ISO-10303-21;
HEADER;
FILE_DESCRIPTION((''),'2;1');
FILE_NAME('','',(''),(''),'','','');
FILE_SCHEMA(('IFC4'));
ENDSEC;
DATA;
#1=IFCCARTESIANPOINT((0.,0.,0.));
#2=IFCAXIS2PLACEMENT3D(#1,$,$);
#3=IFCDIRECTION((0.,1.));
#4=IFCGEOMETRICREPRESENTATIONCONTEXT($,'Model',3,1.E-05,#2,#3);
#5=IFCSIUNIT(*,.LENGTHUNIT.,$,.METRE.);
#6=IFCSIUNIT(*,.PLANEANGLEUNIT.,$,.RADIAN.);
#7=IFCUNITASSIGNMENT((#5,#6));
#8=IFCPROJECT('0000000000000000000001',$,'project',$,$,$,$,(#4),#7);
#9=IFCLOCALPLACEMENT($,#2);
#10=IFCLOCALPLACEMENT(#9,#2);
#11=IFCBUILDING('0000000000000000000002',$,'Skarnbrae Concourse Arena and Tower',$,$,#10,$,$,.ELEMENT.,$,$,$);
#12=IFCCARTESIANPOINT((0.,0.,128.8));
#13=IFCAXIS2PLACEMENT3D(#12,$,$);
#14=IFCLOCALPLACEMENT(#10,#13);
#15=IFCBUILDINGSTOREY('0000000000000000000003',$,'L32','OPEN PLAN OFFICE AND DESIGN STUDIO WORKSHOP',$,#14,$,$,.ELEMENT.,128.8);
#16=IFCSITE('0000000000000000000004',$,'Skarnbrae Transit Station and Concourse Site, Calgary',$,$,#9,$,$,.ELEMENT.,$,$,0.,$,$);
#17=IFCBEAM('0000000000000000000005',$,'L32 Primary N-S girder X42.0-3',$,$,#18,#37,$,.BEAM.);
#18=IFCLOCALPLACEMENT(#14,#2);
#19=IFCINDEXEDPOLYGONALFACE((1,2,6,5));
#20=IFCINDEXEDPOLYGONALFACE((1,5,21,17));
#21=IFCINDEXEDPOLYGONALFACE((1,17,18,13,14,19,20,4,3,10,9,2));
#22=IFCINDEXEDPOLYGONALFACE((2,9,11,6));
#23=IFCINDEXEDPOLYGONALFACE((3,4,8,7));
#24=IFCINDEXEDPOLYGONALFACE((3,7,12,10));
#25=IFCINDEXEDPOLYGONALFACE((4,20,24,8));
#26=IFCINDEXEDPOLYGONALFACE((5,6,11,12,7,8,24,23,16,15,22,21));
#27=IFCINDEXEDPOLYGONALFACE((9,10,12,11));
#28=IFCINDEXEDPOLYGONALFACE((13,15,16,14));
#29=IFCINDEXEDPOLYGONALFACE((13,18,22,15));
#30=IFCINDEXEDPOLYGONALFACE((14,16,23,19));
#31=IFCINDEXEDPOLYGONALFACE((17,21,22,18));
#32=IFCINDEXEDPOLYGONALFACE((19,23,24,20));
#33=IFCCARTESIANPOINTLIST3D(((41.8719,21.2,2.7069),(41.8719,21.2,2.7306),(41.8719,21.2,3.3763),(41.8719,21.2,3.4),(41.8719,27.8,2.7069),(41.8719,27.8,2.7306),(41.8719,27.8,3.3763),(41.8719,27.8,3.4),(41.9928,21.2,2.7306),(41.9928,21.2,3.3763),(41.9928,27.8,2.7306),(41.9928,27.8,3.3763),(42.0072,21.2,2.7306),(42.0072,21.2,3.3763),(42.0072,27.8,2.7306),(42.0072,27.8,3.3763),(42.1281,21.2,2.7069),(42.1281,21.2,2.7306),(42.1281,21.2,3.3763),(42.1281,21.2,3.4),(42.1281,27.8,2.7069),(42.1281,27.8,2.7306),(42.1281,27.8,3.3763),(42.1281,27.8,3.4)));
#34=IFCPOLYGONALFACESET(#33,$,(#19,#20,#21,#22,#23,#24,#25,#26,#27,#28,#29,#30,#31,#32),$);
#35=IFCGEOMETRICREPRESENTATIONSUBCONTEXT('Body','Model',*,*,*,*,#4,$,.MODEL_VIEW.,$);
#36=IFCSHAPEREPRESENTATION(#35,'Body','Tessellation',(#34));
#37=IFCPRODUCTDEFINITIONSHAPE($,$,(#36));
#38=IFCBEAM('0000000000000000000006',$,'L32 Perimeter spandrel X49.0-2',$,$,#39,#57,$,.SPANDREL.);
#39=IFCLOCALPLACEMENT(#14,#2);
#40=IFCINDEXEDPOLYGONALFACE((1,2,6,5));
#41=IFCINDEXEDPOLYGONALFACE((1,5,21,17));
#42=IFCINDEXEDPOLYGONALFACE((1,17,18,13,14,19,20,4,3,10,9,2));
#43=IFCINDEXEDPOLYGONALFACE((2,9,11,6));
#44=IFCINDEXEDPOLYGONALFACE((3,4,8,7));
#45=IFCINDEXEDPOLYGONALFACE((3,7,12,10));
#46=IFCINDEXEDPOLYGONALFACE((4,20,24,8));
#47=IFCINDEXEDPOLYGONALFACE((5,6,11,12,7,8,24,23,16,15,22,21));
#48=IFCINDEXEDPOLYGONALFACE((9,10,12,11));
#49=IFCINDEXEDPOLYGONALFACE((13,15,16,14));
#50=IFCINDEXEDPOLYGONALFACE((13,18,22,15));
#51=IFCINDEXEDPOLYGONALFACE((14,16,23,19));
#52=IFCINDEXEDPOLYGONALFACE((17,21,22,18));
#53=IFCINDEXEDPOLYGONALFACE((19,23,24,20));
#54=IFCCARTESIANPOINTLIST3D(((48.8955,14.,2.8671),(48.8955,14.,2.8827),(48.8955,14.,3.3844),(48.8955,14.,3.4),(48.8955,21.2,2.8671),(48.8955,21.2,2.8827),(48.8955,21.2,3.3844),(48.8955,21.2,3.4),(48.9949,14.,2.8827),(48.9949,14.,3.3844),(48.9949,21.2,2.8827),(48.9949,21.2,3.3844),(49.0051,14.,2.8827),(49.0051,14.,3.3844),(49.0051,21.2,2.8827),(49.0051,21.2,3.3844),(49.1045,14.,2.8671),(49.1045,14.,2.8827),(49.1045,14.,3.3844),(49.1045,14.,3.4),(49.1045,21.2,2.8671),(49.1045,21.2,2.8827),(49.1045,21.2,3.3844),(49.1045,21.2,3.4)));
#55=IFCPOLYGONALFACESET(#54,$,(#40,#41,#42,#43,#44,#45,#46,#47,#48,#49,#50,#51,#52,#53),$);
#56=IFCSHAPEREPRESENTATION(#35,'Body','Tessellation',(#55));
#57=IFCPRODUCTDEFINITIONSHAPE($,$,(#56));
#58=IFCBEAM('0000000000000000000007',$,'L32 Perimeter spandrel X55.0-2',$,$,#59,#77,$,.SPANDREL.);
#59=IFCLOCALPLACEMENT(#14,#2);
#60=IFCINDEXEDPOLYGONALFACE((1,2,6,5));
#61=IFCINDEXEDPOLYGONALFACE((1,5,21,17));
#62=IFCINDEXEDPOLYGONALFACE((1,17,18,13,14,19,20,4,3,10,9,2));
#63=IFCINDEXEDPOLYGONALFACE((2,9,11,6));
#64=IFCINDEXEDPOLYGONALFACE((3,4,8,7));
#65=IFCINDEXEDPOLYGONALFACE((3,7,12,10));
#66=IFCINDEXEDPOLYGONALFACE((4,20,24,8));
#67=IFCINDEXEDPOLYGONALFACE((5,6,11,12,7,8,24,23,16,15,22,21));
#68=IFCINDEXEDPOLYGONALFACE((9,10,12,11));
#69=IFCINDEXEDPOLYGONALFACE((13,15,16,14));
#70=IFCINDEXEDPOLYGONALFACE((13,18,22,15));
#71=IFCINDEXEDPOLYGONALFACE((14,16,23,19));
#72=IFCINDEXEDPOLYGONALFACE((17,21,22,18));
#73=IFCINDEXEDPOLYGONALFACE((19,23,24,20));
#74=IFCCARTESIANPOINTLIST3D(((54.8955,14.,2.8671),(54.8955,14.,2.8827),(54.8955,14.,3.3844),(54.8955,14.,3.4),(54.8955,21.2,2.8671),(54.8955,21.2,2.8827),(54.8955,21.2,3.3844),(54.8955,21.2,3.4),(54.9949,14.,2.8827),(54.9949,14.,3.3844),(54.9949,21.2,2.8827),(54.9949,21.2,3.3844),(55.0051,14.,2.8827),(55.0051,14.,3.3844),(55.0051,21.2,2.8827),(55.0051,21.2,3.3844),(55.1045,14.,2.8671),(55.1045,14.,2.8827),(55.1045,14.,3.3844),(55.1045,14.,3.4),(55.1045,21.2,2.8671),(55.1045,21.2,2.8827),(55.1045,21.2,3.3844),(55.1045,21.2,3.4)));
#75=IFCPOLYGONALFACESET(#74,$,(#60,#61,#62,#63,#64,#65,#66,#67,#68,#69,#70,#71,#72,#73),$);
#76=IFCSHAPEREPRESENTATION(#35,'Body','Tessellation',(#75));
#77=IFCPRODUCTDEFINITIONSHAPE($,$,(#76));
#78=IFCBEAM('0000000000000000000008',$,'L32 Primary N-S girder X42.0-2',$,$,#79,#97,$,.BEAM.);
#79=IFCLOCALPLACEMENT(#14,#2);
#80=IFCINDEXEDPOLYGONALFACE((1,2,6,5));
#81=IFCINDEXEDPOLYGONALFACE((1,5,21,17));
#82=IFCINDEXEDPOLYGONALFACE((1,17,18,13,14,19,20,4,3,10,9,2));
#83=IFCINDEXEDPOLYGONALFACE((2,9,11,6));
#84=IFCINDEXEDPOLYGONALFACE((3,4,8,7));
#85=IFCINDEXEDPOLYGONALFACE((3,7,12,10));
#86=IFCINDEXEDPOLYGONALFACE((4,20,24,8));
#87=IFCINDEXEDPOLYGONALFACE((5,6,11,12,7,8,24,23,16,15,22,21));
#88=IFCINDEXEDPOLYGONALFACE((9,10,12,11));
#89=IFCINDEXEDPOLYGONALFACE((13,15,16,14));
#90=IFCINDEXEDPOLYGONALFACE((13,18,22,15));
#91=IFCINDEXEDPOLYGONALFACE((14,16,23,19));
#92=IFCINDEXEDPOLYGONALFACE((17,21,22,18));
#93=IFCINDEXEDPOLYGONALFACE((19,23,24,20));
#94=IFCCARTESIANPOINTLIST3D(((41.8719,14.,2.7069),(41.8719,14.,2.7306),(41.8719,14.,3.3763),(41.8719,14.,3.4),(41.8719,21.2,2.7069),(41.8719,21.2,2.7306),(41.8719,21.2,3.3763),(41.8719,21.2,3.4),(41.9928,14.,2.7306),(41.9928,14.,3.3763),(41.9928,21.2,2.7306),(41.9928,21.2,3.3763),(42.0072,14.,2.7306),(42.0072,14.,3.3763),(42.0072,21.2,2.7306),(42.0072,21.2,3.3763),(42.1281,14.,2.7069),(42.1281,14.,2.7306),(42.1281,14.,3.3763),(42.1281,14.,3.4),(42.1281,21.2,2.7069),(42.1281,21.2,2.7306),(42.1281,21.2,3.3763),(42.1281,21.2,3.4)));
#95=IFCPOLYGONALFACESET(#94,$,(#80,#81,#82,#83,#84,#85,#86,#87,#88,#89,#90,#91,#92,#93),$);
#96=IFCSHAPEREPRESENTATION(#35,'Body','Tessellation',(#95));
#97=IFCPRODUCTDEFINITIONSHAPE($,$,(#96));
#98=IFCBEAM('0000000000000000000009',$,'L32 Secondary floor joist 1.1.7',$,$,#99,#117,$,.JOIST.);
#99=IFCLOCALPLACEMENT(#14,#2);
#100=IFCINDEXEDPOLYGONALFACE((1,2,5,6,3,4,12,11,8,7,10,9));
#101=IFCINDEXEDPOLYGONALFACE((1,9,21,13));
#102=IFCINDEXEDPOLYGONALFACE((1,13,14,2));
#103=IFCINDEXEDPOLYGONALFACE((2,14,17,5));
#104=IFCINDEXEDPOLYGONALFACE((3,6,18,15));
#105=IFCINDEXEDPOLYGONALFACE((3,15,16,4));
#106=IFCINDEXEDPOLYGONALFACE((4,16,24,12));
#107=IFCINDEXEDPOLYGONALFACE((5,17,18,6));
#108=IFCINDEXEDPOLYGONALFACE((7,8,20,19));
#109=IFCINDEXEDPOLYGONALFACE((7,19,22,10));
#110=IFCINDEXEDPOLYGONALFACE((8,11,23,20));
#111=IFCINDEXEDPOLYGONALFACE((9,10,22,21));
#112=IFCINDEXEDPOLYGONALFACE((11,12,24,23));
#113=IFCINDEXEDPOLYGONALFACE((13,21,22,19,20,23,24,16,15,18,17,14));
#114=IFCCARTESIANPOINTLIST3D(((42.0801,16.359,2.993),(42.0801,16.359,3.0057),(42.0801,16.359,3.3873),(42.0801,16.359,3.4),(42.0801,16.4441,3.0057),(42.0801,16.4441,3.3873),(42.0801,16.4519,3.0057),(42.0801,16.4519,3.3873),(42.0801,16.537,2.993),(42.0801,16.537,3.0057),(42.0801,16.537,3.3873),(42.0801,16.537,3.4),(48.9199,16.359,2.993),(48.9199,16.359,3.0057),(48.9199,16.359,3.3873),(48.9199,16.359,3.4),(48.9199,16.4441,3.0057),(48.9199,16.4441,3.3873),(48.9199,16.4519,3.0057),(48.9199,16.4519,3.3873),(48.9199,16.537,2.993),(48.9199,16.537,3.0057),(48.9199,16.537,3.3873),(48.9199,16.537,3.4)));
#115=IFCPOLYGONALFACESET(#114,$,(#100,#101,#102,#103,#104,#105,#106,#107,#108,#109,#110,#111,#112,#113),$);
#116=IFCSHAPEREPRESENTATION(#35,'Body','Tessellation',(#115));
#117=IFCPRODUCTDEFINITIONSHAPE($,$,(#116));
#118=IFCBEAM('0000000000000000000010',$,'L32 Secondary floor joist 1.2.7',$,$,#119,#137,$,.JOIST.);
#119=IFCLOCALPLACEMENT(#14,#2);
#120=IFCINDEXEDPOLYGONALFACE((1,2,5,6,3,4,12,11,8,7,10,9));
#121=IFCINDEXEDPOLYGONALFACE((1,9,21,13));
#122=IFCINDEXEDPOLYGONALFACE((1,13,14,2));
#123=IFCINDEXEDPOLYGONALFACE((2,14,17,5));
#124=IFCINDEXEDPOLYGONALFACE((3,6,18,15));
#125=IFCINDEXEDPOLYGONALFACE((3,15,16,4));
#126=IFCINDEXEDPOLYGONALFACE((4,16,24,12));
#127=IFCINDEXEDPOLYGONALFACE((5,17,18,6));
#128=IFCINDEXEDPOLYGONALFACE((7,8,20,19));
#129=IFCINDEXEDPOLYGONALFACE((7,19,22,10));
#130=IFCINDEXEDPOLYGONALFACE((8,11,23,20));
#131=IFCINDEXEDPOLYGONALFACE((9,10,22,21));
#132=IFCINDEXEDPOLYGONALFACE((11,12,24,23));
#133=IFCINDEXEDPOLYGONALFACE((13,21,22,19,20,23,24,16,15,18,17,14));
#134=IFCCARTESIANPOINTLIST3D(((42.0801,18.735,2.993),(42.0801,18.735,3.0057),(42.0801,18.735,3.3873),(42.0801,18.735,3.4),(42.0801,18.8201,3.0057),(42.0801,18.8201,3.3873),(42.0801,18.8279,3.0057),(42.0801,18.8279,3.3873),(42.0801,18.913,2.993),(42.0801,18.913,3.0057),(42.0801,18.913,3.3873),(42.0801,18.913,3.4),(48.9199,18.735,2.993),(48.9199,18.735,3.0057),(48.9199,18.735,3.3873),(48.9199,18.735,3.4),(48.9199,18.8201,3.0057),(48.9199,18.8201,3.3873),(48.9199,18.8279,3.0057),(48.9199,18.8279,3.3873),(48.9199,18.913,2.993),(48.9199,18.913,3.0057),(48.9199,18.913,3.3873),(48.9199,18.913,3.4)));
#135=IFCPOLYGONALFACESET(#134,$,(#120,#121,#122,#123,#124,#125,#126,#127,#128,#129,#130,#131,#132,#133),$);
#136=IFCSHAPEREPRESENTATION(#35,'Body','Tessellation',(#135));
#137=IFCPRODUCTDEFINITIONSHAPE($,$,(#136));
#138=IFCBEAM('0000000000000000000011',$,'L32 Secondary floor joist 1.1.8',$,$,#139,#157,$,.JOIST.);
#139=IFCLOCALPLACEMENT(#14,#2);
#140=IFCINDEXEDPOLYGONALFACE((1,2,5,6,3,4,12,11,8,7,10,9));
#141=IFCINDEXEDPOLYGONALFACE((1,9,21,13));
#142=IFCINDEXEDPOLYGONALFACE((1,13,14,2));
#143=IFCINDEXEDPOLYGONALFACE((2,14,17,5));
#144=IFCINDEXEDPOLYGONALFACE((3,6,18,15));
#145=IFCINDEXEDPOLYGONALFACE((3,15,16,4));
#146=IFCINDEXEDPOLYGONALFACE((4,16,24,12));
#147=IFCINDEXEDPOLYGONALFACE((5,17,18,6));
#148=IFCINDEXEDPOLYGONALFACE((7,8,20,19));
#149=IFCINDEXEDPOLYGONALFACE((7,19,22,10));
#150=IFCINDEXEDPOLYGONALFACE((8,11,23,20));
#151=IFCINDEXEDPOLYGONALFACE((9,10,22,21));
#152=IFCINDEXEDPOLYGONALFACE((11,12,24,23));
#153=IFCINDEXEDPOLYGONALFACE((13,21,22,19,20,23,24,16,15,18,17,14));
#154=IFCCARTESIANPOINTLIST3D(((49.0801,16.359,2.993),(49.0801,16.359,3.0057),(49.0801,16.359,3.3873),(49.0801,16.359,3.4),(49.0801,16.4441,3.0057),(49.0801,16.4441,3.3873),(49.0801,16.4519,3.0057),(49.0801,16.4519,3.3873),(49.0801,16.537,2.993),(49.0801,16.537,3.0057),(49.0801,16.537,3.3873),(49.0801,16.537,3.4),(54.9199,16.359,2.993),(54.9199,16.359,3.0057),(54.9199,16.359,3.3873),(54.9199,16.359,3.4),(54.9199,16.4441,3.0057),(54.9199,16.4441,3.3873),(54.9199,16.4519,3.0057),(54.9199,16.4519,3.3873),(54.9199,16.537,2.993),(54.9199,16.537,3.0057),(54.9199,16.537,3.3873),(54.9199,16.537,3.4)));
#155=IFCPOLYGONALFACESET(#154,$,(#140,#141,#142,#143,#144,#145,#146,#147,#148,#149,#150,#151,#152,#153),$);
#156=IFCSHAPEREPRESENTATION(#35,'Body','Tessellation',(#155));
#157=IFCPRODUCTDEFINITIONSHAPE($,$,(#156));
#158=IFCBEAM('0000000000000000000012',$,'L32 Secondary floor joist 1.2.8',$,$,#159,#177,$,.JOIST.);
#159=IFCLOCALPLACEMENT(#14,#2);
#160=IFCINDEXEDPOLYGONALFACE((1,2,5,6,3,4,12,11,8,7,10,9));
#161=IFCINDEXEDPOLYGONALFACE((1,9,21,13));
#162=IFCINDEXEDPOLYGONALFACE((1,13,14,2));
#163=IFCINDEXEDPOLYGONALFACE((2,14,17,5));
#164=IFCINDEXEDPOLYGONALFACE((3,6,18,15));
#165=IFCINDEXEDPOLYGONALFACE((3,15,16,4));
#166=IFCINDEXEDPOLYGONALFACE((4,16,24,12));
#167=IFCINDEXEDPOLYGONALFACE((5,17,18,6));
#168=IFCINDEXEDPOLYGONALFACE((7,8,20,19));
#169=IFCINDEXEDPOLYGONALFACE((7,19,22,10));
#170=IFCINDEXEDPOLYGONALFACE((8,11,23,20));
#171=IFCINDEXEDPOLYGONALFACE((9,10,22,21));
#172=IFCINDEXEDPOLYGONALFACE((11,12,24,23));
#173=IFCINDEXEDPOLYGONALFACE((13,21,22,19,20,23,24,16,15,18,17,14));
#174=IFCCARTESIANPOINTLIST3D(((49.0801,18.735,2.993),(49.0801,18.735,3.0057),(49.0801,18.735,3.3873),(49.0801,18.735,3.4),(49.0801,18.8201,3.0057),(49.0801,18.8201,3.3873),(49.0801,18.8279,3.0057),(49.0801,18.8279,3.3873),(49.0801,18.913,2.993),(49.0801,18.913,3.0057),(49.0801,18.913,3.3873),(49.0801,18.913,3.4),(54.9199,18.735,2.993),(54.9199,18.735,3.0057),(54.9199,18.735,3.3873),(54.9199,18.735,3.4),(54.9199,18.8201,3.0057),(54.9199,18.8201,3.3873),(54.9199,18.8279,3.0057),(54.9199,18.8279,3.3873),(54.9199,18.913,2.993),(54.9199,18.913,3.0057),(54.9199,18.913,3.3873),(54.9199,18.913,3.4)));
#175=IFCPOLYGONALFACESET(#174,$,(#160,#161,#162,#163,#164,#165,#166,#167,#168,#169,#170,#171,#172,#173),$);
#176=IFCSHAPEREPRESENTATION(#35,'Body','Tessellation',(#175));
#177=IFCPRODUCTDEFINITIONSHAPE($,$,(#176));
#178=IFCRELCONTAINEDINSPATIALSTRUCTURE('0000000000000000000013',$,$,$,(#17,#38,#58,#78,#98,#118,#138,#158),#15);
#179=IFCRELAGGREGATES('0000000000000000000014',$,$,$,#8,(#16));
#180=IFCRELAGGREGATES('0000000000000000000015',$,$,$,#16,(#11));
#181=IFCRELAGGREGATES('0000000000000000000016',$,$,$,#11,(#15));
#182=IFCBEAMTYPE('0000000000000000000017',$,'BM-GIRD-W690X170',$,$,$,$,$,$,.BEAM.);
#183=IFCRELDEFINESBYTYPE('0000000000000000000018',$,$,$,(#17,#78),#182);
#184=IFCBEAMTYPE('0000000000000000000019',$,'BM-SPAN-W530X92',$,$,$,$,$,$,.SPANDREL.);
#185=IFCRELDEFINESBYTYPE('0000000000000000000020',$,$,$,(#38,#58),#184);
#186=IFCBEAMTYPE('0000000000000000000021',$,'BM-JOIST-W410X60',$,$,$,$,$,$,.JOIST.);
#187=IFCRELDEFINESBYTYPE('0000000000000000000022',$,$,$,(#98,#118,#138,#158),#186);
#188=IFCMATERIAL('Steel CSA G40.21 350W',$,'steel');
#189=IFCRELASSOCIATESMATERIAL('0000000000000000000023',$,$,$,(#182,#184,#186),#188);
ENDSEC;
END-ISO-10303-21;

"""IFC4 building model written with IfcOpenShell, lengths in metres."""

from ifc_helpers import new_model, si_unit, direction, frame, origin, origin_2d, place, context, subcontext, project, spatial, i_section, extrude, source, transform, mapped, material, material_profile, profile_set, type_object, element, save


model = new_model("IFC4")

# Units and contexts
model_context = context("Model", 3, precision=1e-05, world=origin(), true_north=direction((0.0, 1.0)))
body_context = subcontext(model_context, "Body", "Model", "MODEL_VIEW")
ifc_project = project(units=[si_unit("LENGTHUNIT", "METRE"), si_unit("PLANEANGLEUNIT", "RADIAN")], contexts=[model_context])

# Site, building, storey
site_placement = place(None, origin())
site = spatial("IfcSite", under=ifc_project, at=site_placement, Name="Skarnbrae Transit Station and Concourse Site, Calgary", CompositionType="ELEMENT", RefElevation=0.0)
building_placement = place(site_placement, origin())
building = spatial("IfcBuilding", under=site, at=building_placement, Name="Skarnbrae Concourse Arena and Tower", CompositionType="ELEMENT")
storey_placement = place(building_placement, frame((0.0, 0.0, 128.8)))
storey = spatial("IfcBuildingStorey", under=building, at=storey_placement, Name="L32", Description="OPEN PLAN OFFICE AND DESIGN STUDIO WORKSHOP", CompositionType="ELEMENT", Elevation=128.8)

# Shared definitions
ifc_material_1 = material(Name="Steel CSA G40.21 350W", Category="steel")

# Beams
ifc_material_profile_1 = material_profile(ifc_material_1, i_section(OverallWidth=0.2561, OverallDepth=0.6931, WebThickness=0.0144, FlangeThickness=0.0237, at=origin_2d()), Name="W690X170")
ifc_profile_set_1 = profile_set([ifc_material_profile_1], Name="Steel CSA G40.21 350W")
beam_type_1 = type_object("IfcBeamType", Name="BM-GIRD-W690X170", PredefinedType="BEAM", material=ifc_profile_set_1)
ifc_material_profile_2 = material_profile(ifc_material_1, i_section(OverallWidth=0.209, OverallDepth=0.533, WebThickness=0.0103, FlangeThickness=0.0156, at=origin_2d()), Name="W530X92")
ifc_profile_set_2 = profile_set([ifc_material_profile_2], Name="Steel CSA G40.21 350W")
beam_type_2 = type_object("IfcBeamType", Name="BM-SPAN-W530X92", PredefinedType="SPANDREL", material=ifc_profile_set_2)
shared_shape_1 = source(origin(), body_context, "Body", "SweptSolid", [
    extrude(i_section(OverallWidth=0.2561, OverallDepth=0.6931, WebThickness=0.0144, FlangeThickness=0.0237, at=origin_2d()), origin(), (0.0, 0.0, 1.0), 6.6001),
])
beam_1_placement = place(storey_placement, frame((42.0, 21.2, 3.0535), z_axis=(0.0, 1.0, 0.0), x_axis=(-1.0, 0.0, 0.0)))
element("IfcBeam", 1, at=beam_1_placement, inside=storey, type_object=beam_type_1, Name="L32 Primary N-S girder X42.0-3", PredefinedType="BEAM", context=body_context, shape_type="MappedRepresentation", body=[
    mapped(shared_shape_1, transform((0.0, 0.0, 0.0))),
])
shared_shape_2 = source(origin(), body_context, "Body", "SweptSolid", [
    extrude(i_section(OverallWidth=0.209, OverallDepth=0.533, WebThickness=0.0103, FlangeThickness=0.0156, at=origin_2d()), origin(), (0.0, 0.0, 1.0), 7.2),
])
for number, where, z_axis, x_axis, name in (
    (2, (49.0, 14.0, 3.1335), (0.0, 1.0, 0.0), (-1.0, 0.0, 0.0), "L32 Perimeter spandrel X49.0-2"),
    (3, (55.0, 14.0, 3.1335), (0.0, 1.0, 0.0), (-1.0, 0.0, 0.0), "L32 Perimeter spandrel X55.0-2"),
):
    element("IfcBeam", number, at=place(storey_placement, frame(where, z_axis=z_axis, x_axis=x_axis)), inside=storey, type_object=beam_type_2, Name=name, PredefinedType="SPANDREL", context=body_context, shape_type="MappedRepresentation", body=[
        mapped(shared_shape_2, transform((0.0, 0.0, 0.0))),
    ])
shared_shape_3 = source(origin(), body_context, "Body", "SweptSolid", [
    extrude(i_section(OverallWidth=0.2561, OverallDepth=0.6931, WebThickness=0.0144, FlangeThickness=0.0237, at=origin_2d()), origin(), (0.0, 0.0, 1.0), 7.2),
])
beam_2_placement = place(storey_placement, frame((42.0, 14.0, 3.0535), z_axis=(0.0, 1.0, 0.0), x_axis=(-1.0, 0.0, 0.0)))
element("IfcBeam", 4, at=beam_2_placement, inside=storey, type_object=beam_type_1, Name="L32 Primary N-S girder X42.0-2", PredefinedType="BEAM", context=body_context, shape_type="MappedRepresentation", body=[
    mapped(shared_shape_3, transform((0.0, 0.0, 0.0))),
])
ifc_material_profile_3 = material_profile(ifc_material_1, i_section(OverallWidth=0.178, OverallDepth=0.407, WebThickness=0.0078, FlangeThickness=0.0127, at=origin_2d()), Name="W410X60")
ifc_profile_set_3 = profile_set([ifc_material_profile_3], Name="Steel CSA G40.21 350W")
beam_type_3 = type_object("IfcBeamType", Name="BM-JOIST-W410X60", PredefinedType="JOIST", material=ifc_profile_set_3)
shared_shape_4 = source(origin(), body_context, "Body", "SweptSolid", [
    extrude(i_section(OverallWidth=0.178, OverallDepth=0.407, WebThickness=0.0078, FlangeThickness=0.0127, at=origin_2d()), origin(), (0.0, 0.0, 1.0), 6.8398),
])
for number, where, z_axis, x_axis, name in (
    (5, (42.0801, 16.448, 3.1965), (1.0, 0.0, 0.0), (0.0, 1.0, 0.0), "L32 Secondary floor joist 1.1.7"),
    (6, (42.0801, 18.824, 3.1965), (1.0, 0.0, 0.0), (0.0, 1.0, 0.0), "L32 Secondary floor joist 1.2.7"),
):
    element("IfcBeam", number, at=place(storey_placement, frame(where, z_axis=z_axis, x_axis=x_axis)), inside=storey, type_object=beam_type_3, Name=name, PredefinedType="JOIST", context=body_context, shape_type="MappedRepresentation", body=[
        mapped(shared_shape_4, transform((0.0, 0.0, 0.0))),
    ])
shared_shape_5 = source(origin(), body_context, "Body", "SweptSolid", [
    extrude(i_section(OverallWidth=0.178, OverallDepth=0.407, WebThickness=0.0078, FlangeThickness=0.0127, at=origin_2d()), origin(), (0.0, 0.0, 1.0), 5.8398),
])
for number, where, z_axis, x_axis, name in (
    (7, (49.0801, 16.448, 3.1965), (1.0, 0.0, 0.0), (0.0, 1.0, 0.0), "L32 Secondary floor joist 1.1.8"),
    (8, (49.0801, 18.824, 3.1965), (1.0, 0.0, 0.0), (0.0, 1.0, 0.0), "L32 Secondary floor joist 1.2.8"),
):
    element("IfcBeam", number, at=place(storey_placement, frame(where, z_axis=z_axis, x_axis=x_axis)), inside=storey, type_object=beam_type_3, Name=name, PredefinedType="JOIST", context=body_context, shape_type="MappedRepresentation", body=[
        mapped(shared_shape_5, transform((0.0, 0.0, 0.0))),
    ])

save(model, "model.ifc")
